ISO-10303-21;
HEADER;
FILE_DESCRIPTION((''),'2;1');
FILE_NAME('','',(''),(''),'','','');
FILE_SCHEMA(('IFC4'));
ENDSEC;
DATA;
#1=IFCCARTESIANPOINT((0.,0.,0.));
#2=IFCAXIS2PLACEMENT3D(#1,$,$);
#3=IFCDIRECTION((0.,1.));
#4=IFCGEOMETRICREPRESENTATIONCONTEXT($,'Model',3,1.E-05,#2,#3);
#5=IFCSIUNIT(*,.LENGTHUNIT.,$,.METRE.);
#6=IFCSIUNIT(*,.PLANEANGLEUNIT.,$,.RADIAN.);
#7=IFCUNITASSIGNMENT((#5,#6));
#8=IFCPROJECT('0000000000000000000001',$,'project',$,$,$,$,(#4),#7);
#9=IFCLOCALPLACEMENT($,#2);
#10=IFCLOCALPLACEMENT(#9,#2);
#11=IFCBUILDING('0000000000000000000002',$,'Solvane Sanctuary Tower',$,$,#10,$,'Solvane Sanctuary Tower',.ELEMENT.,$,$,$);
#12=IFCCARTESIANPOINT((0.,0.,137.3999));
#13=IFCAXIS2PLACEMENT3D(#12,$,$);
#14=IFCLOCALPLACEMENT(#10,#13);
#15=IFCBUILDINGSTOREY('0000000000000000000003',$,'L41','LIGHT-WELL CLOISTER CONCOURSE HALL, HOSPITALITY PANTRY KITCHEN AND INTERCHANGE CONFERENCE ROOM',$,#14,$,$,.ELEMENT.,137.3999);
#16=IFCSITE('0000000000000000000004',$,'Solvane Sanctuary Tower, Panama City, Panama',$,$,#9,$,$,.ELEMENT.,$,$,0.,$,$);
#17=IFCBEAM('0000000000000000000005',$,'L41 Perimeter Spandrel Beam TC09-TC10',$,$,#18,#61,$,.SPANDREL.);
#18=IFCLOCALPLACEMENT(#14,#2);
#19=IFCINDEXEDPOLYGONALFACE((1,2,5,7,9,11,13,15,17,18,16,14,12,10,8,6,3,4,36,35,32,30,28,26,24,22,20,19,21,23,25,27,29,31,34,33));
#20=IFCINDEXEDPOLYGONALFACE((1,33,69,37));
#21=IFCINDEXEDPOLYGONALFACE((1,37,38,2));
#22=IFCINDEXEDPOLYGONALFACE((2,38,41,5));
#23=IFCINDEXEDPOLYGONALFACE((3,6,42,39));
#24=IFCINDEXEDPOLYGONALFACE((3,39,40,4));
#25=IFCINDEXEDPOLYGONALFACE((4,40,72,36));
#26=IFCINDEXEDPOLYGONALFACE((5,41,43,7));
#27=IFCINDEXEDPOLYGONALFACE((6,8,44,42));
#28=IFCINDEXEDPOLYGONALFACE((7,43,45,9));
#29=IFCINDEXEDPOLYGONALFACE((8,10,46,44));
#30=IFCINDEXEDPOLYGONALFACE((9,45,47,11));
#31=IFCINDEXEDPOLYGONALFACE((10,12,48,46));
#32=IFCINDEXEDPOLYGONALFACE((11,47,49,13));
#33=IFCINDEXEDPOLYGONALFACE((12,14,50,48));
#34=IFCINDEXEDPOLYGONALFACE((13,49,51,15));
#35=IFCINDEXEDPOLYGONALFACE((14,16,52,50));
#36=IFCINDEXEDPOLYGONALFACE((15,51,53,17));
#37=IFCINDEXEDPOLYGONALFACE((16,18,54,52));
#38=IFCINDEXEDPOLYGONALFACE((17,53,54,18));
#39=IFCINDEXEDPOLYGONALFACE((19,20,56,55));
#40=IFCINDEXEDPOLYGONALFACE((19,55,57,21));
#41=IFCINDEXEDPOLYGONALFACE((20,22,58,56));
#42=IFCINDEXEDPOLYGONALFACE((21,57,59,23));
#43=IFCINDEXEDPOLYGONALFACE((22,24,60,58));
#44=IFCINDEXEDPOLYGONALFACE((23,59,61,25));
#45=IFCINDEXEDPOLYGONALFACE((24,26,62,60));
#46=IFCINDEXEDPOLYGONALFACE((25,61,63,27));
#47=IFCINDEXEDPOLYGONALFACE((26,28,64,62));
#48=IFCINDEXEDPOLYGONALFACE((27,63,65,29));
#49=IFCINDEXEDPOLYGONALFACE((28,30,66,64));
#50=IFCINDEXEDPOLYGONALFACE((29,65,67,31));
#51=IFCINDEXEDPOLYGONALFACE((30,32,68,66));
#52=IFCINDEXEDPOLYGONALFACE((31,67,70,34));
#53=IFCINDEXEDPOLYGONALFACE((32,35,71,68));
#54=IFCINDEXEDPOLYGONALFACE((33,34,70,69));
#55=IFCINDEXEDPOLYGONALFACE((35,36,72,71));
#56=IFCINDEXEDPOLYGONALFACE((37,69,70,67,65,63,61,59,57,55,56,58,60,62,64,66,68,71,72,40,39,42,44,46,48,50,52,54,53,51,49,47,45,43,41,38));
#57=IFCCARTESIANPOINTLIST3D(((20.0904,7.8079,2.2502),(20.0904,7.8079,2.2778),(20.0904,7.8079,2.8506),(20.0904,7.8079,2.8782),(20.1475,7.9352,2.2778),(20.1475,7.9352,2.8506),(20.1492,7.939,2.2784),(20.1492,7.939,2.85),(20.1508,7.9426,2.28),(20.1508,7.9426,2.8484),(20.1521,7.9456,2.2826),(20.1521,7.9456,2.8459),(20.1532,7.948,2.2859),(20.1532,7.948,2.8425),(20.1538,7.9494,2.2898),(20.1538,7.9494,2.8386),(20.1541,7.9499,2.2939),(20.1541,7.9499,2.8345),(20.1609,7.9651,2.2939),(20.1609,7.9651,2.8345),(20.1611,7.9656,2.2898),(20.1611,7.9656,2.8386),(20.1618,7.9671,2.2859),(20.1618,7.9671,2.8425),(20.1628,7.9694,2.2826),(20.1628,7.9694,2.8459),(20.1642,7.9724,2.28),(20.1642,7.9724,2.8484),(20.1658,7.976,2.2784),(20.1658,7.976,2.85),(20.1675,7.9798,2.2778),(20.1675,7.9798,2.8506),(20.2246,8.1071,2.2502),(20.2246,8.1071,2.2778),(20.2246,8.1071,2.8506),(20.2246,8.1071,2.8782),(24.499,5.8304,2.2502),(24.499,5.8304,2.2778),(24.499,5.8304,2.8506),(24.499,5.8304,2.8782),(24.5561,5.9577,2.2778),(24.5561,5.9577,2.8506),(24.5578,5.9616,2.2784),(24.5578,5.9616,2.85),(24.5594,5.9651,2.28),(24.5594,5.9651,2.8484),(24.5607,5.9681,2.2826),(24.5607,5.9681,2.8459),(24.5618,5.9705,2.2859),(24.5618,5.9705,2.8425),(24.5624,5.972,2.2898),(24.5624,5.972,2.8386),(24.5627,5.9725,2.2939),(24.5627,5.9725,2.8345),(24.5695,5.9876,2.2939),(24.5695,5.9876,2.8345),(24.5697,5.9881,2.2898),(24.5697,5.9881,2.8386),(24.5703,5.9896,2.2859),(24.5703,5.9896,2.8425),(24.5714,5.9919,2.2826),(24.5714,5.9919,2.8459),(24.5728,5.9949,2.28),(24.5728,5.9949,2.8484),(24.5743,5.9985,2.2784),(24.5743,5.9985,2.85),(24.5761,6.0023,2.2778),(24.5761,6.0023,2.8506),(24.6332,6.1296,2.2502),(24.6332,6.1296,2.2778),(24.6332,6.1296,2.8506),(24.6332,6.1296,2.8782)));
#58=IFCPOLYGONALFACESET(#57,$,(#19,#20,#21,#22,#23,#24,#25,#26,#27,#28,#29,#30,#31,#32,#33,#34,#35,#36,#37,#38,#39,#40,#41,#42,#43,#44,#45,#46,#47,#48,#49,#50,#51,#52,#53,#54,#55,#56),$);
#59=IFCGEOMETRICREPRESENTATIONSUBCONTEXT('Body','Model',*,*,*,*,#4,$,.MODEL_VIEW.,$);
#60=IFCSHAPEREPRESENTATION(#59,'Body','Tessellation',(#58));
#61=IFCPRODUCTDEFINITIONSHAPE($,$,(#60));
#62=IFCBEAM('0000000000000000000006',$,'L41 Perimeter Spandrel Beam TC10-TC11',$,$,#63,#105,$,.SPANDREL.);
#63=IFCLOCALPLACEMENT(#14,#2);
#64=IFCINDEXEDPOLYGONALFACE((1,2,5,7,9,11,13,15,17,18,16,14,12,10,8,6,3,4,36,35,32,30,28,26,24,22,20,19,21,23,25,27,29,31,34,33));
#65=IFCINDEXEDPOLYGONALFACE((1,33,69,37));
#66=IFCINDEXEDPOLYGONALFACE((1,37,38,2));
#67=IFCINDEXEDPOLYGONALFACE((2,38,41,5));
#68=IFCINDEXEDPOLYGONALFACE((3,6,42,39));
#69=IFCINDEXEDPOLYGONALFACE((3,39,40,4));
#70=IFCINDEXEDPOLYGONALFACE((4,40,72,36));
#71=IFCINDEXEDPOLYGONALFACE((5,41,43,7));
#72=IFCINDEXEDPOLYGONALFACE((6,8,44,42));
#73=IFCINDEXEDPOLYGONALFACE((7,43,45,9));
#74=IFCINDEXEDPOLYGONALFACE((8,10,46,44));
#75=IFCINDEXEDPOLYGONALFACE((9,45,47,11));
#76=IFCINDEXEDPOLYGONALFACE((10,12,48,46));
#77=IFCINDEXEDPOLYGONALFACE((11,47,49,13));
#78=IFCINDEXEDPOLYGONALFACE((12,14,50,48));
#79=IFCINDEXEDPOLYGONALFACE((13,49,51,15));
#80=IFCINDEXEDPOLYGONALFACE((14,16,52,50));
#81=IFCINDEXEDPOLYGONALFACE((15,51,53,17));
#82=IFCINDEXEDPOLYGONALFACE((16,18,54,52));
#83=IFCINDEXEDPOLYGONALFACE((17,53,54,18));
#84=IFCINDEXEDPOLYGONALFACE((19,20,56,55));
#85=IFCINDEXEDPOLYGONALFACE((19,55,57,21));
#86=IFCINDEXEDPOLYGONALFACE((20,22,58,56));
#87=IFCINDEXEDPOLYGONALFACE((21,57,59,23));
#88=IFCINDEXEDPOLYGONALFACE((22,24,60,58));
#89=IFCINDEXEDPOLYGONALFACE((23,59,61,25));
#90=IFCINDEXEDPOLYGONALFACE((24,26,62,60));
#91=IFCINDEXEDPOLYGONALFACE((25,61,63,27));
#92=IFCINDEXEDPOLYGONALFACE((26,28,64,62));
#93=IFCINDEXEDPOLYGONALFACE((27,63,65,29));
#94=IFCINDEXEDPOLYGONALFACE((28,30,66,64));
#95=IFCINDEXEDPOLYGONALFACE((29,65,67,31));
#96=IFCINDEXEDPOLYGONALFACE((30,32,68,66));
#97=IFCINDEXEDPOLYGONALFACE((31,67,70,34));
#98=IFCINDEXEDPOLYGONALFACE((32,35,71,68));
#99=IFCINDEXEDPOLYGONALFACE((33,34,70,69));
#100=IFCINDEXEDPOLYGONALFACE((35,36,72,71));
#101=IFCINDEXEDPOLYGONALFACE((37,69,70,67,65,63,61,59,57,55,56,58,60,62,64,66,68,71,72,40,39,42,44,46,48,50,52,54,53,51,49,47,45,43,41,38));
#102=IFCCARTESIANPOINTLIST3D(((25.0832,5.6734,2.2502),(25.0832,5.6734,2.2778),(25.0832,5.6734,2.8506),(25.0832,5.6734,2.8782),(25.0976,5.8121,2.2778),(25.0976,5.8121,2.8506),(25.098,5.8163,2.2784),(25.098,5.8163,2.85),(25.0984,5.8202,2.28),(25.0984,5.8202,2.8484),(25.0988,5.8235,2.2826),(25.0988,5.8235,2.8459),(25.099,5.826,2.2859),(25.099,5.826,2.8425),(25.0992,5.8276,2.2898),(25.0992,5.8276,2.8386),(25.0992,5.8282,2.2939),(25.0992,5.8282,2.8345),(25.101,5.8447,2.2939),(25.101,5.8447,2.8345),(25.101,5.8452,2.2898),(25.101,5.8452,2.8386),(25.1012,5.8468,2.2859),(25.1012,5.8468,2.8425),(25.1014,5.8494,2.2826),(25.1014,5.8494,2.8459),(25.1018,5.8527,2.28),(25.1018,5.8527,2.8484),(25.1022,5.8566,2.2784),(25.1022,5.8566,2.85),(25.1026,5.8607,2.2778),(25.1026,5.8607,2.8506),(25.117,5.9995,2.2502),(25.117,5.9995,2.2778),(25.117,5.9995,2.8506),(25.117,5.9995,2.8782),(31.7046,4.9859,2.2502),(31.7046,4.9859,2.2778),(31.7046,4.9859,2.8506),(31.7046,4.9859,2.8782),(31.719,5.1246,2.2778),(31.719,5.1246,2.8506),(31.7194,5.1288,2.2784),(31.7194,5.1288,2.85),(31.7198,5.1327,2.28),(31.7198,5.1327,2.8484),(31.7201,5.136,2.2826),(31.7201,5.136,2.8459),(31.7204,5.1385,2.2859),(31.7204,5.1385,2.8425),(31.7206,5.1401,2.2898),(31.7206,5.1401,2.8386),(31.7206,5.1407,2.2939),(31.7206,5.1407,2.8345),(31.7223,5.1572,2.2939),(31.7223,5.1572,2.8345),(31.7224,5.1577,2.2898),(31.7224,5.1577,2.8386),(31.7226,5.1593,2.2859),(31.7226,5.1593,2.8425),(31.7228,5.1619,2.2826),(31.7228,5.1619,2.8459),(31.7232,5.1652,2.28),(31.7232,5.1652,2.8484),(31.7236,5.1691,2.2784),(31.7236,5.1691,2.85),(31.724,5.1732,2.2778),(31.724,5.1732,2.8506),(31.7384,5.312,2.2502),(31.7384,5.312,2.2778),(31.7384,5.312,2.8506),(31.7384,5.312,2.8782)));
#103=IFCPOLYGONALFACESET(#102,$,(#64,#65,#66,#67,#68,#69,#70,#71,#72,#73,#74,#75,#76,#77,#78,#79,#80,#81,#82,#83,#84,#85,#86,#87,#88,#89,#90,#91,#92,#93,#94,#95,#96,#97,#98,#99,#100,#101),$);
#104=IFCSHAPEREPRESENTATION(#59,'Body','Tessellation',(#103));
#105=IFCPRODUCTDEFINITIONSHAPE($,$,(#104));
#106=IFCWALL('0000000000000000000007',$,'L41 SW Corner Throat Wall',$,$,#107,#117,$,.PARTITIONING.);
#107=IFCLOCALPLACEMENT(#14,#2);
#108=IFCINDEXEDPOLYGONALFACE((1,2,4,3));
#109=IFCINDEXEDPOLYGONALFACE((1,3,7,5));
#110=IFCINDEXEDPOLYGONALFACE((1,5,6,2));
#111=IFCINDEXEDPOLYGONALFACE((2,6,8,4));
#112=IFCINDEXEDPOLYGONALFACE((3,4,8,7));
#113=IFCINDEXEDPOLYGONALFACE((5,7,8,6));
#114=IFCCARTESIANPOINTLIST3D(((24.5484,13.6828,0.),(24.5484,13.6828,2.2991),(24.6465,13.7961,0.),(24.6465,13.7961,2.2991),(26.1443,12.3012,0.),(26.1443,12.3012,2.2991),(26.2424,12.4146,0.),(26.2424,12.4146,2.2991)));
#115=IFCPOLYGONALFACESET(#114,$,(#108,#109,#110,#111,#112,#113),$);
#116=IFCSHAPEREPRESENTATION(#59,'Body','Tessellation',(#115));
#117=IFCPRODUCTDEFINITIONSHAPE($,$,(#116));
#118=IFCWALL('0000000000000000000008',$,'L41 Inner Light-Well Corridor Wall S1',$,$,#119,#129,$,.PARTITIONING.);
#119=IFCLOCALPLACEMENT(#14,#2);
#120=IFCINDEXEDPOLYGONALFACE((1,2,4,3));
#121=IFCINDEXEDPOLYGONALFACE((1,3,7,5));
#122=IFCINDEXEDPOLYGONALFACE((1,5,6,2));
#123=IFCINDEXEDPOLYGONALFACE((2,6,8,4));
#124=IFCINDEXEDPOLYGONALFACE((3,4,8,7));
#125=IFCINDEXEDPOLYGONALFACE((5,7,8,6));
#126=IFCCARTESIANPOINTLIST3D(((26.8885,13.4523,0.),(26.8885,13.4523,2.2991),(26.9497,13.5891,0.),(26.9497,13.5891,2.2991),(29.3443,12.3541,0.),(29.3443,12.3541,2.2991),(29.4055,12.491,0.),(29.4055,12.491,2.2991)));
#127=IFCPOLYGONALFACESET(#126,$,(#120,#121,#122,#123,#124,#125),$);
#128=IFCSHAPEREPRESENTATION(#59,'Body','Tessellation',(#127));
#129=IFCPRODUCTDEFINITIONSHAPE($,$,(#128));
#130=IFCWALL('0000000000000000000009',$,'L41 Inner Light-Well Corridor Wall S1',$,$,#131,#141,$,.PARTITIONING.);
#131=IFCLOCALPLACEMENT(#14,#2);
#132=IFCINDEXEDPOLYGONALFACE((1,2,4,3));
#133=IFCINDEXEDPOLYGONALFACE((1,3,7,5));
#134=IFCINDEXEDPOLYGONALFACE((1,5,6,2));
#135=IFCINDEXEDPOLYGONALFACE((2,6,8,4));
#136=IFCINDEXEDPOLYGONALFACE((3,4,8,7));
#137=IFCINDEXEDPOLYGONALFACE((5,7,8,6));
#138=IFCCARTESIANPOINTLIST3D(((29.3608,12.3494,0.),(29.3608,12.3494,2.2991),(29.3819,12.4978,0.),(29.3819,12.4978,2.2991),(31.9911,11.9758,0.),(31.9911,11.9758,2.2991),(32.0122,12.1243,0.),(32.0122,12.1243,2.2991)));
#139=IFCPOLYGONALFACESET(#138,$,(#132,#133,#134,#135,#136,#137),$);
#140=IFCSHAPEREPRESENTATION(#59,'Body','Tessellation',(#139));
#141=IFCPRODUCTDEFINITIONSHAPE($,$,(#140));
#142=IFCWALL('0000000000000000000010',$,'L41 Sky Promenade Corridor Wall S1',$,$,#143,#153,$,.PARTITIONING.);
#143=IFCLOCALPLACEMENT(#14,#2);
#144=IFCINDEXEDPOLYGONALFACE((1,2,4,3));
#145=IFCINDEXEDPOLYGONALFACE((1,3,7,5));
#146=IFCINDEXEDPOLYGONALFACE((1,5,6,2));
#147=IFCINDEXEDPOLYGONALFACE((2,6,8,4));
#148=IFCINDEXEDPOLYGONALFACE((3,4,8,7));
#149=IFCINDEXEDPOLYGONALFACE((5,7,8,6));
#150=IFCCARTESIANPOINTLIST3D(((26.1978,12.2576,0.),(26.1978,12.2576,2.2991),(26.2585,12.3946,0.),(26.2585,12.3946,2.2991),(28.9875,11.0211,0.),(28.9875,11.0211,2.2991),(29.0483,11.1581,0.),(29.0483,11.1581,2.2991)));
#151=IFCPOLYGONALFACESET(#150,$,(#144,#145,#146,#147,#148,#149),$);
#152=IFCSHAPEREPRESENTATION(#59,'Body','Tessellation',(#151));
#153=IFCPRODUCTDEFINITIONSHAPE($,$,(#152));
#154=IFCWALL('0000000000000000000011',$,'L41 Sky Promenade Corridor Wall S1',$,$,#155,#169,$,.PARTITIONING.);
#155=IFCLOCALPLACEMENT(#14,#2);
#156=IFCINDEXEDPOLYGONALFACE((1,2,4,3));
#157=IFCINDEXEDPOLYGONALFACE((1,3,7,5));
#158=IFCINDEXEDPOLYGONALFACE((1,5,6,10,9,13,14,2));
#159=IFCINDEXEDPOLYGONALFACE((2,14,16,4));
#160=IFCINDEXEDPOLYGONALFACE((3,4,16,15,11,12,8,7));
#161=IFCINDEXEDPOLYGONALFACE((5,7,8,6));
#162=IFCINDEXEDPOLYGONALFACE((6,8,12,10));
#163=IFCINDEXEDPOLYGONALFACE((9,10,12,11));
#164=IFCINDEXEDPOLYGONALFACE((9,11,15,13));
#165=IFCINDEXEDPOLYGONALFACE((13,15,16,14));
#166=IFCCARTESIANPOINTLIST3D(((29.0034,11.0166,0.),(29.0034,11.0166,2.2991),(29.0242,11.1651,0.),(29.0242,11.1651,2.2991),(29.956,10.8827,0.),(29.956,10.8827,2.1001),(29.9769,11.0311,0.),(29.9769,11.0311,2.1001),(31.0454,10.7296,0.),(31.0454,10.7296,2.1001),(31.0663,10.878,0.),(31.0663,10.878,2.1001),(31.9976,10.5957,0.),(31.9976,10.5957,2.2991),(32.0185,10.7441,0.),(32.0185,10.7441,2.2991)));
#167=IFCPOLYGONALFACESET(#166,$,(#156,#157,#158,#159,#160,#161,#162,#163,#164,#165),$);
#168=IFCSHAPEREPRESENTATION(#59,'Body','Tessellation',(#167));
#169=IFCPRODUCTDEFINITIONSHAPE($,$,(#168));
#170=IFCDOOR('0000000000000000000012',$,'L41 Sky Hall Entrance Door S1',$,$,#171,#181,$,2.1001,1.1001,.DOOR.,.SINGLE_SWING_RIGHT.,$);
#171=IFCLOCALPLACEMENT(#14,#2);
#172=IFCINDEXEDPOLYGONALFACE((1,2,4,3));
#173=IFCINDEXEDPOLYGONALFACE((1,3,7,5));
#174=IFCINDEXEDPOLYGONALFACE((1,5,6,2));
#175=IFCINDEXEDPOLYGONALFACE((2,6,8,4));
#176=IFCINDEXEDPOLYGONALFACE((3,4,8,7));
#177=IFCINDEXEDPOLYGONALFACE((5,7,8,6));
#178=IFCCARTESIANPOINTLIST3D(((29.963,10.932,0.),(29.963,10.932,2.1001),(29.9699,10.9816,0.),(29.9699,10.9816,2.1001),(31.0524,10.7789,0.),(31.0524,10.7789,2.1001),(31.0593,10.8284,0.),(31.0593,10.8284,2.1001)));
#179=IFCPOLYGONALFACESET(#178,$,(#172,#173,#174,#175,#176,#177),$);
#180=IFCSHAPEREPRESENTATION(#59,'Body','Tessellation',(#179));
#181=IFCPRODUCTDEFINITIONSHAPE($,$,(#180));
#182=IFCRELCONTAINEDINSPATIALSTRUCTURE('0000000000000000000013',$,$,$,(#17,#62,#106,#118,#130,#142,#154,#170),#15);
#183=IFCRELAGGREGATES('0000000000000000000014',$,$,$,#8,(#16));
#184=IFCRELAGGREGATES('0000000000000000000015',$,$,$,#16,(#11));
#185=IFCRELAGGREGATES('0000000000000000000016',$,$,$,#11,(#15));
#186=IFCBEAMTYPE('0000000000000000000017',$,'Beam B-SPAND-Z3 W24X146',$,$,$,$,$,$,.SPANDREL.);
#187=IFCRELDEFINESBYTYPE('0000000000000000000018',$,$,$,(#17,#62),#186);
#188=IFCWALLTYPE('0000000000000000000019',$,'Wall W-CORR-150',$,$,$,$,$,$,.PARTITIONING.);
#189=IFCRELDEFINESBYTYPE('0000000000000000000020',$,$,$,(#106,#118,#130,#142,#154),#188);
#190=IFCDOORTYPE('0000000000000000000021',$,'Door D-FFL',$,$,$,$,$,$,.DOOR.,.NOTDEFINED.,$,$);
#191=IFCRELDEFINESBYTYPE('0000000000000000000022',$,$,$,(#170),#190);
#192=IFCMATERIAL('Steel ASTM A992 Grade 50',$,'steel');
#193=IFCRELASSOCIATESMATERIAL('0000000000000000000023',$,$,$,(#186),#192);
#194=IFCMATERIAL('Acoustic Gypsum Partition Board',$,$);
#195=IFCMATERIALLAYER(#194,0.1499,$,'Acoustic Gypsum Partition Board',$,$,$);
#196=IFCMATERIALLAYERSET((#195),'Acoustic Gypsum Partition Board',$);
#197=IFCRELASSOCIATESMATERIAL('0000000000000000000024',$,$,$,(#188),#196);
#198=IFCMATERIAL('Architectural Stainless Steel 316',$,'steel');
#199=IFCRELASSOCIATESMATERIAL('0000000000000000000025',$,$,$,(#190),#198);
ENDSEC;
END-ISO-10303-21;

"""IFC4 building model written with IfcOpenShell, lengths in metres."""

from ifc_helpers import new_model, si_unit, direction, frame, frame_2d, origin, origin_2d, place, context, subcontext, project, spatial, rectangle, i_section, extrude, material, layer, layer_set, material_profile, profile_set, type_object, element, fill, save


model = new_model("IFC4")

# Units and contexts
model_context = context("Model", 3, precision=1e-05, world=origin(), true_north=direction((0.0, 1.0)))
body_context = subcontext(model_context, "Body", "Model", "MODEL_VIEW")
ifc_project = project(units=[si_unit("LENGTHUNIT", "METRE"), si_unit("PLANEANGLEUNIT", "RADIAN")], contexts=[model_context])

# Site, building, storey
site_placement = place(None, origin())
site = spatial("IfcSite", under=ifc_project, at=site_placement, Name="Solvane Sanctuary Tower, Panama City, Panama", CompositionType="ELEMENT", RefElevation=0.0)
building_placement = place(site_placement, origin())
building = spatial("IfcBuilding", under=site, at=building_placement, Name="Solvane Sanctuary Tower", LongName="Solvane Sanctuary Tower", CompositionType="ELEMENT")
storey_placement = place(building_placement, frame((0.0, 0.0, 137.3999)))
storey = spatial("IfcBuildingStorey", under=building, at=storey_placement, Name="L41", Description="LIGHT-WELL CLOISTER CONCOURSE HALL, HOSPITALITY PANTRY KITCHEN AND INTERCHANGE CONFERENCE ROOM", CompositionType="ELEMENT", Elevation=137.3999)

# Beams
ifc_material_1 = material(Name="Steel ASTM A992 Grade 50", Category="steel")
ifc_material_profile_1 = material_profile(ifc_material_1, i_section(OverallWidth=0.3279, OverallDepth=0.6279, WebThickness=0.0166, FlangeThickness=0.0276, FilletRadius=0.0161, at=origin_2d()), Name="W24X146")
ifc_profile_set_1 = profile_set([ifc_material_profile_1], Name="Steel ASTM A992 Grade 50")
beam_type_1 = type_object("IfcBeamType", Name="Beam B-SPAND-Z3 W24X146", PredefinedType="SPANDREL", material=ifc_profile_set_1)
beam_1_placement = place(storey_placement, frame((20.1575, 7.9575, 2.5642), z_axis=(0.912414, -0.409268, 0.0), x_axis=(0.409268, 0.912414, 0.0)))
element("IfcBeam", 1, at=beam_1_placement, inside=storey, type_object=beam_type_1, Name="L41 Perimeter Spandrel Beam TC09-TC10", PredefinedType="SPANDREL", context=body_context, shape_type="SweptSolid", body=[
    extrude(i_section(OverallWidth=0.3279, OverallDepth=0.6279, WebThickness=0.0166, FlangeThickness=0.0276, FilletRadius=0.0161, at=origin_2d()), origin(), (0.0, 0.0, 1.0), 4.8318),
])
beam_2_placement = place(storey_placement, frame((25.1001, 5.8364, 2.5642), z_axis=(0.994653, -0.103276, 0.0), x_axis=(0.103276, 0.994653, 0.0)))
element("IfcBeam", 2, at=beam_2_placement, inside=storey, type_object=beam_type_1, Name="L41 Perimeter Spandrel Beam TC10-TC11", PredefinedType="SPANDREL", context=body_context, shape_type="SweptSolid", body=[
    extrude(i_section(OverallWidth=0.3279, OverallDepth=0.6279, WebThickness=0.0166, FlangeThickness=0.0276, FilletRadius=0.0161, at=origin_2d()), origin(), (0.0, 0.0, 1.0), 6.657),
])

# Walls
ifc_material_2 = material(Name="Acoustic Gypsum Partition Board")
ifc_layer_1 = layer(ifc_material_2, 0.1499, Name="Acoustic Gypsum Partition Board")
ifc_layer_set_1 = layer_set([ifc_layer_1], Name="Acoustic Gypsum Partition Board")
wall_type_1 = type_object("IfcWallType", Name="Wall W-CORR-150", PredefinedType="PARTITIONING", material=ifc_layer_set_1)
wall_1_placement = place(storey_placement, frame((26.1934, 12.3579, 0.0), z_axis=(0.0, 0.0, 1.0), x_axis=(-0.756055, 0.654508, 0.0)))
element("IfcWall", 3, at=wall_1_placement, inside=storey, type_object=wall_type_1, Name="L41 SW Corner Throat Wall", PredefinedType="PARTITIONING", context=body_context, shape_type="SweptSolid", body=[
    extrude(rectangle(XDim=2.1108, YDim=0.1499, at=frame_2d((1.0554, 0.0))), origin(), (0.0, 0.0, 1.0), 2.2991),
])
wall_2_placement = place(storey_placement, frame((26.9189, 13.5208, 0.0), z_axis=(0.0, 0.0, 1.0), x_axis=(0.912889, -0.408209, 0.0)))
element("IfcWall", 4, at=wall_2_placement, inside=storey, type_object=wall_type_1, Name="L41 Inner Light-Well Corridor Wall S1", PredefinedType="PARTITIONING", context=body_context, shape_type="SweptSolid", body=[
    extrude(rectangle(XDim=2.6902, YDim=0.1499, at=frame_2d((1.3452, 0.0))), origin(), (0.0, 0.0, 1.0), 2.2991),
])
wall_3_placement = place(storey_placement, frame((29.3713, 12.4236, 0.0), z_axis=(0.0, 0.0, 1.0), x_axis=(0.990067, -0.140598, 0.0)))
element("IfcWall", 5, at=wall_3_placement, inside=storey, type_object=wall_type_1, Name="L41 Inner Light-Well Corridor Wall S1", PredefinedType="PARTITIONING", context=body_context, shape_type="SweptSolid", body=[
    extrude(rectangle(XDim=2.6567, YDim=0.1499, at=frame_2d((1.3284, 0.0))), origin(), (0.0, 0.0, 1.0), 2.2991),
])
wall_4_placement = place(storey_placement, frame((26.228, 12.3262, 0.0), z_axis=(0.0, 0.0, 1.0), x_axis=(0.914217, -0.405225, 0.0)))
element("IfcWall", 6, at=wall_4_placement, inside=storey, type_object=wall_type_1, Name="L41 Sky Promenade Corridor Wall S1", PredefinedType="PARTITIONING", context=body_context, shape_type="SweptSolid", body=[
    extrude(rectangle(XDim=3.0515, YDim=0.1499, at=frame_2d((1.5259, 0.0))), origin(), (0.0, 0.0, 1.0), 2.2991),
])

# Wall, opening, door
wall_5_placement = place(storey_placement, frame((29.0139, 11.0908, 0.0), z_axis=(0.0, 0.0, 1.0), x_axis=(0.990264, -0.139205, 0.0)))
wall_5 = element("IfcWall", 7, at=wall_5_placement, inside=storey, type_object=wall_type_1, Name="L41 Sky Promenade Corridor Wall S1", PredefinedType="PARTITIONING", context=body_context, shape_type="SweptSolid", body=[
    extrude(rectangle(XDim=3.0237, YDim=0.1499, at=frame_2d((1.5117, 0.0))), origin(), (0.0, 0.0, 1.0), 2.2991),
])
opening_1_placement = place(wall_5_placement, frame((0.9619, 0.0, 0.0)))
opening_1 = element("IfcOpeningElement", 8, at=opening_1_placement, cuts=wall_5, PredefinedType="OPENING", context=body_context, shape_type="SweptSolid", body=[
    extrude(rectangle(XDim=1.1001, YDim=2.1001, at=frame_2d((0.55, 1.05))), frame((0.0, 0.085, 0.0), z_axis=(0.0, -1.0, 0.0), x_axis=(1.0, 0.0, 0.0)), (0.0, 0.0, 1.0), 0.1699),
])
ifc_material_3 = material(Name="Architectural Stainless Steel 316", Category="steel")
door_type = type_object("IfcDoorType", Name="Door D-FFL", OperationType="NOTDEFINED", PredefinedType="DOOR", material=ifc_material_3)
door_placement = place(opening_1_placement, origin())
door = element("IfcDoor", 9, at=door_placement, inside=storey, type_object=door_type, Name="L41 Sky Hall Entrance Door S1", OperationType="SINGLE_SWING_RIGHT", OverallHeight=2.1001, OverallWidth=1.1001, PredefinedType="DOOR", context=body_context, shape_type="SweptSolid", body=[
    extrude(rectangle(XDim=1.1001, YDim=2.1001, at=frame_2d((0.55, 1.05))), frame((0.0, 0.0249, 0.0), z_axis=(0.0, -1.0, 0.0), x_axis=(1.0, 0.0, 0.0)), (0.0, 0.0, 1.0), 0.05),
])
fill(opening_1, door)

save(model, "model.ifc")
